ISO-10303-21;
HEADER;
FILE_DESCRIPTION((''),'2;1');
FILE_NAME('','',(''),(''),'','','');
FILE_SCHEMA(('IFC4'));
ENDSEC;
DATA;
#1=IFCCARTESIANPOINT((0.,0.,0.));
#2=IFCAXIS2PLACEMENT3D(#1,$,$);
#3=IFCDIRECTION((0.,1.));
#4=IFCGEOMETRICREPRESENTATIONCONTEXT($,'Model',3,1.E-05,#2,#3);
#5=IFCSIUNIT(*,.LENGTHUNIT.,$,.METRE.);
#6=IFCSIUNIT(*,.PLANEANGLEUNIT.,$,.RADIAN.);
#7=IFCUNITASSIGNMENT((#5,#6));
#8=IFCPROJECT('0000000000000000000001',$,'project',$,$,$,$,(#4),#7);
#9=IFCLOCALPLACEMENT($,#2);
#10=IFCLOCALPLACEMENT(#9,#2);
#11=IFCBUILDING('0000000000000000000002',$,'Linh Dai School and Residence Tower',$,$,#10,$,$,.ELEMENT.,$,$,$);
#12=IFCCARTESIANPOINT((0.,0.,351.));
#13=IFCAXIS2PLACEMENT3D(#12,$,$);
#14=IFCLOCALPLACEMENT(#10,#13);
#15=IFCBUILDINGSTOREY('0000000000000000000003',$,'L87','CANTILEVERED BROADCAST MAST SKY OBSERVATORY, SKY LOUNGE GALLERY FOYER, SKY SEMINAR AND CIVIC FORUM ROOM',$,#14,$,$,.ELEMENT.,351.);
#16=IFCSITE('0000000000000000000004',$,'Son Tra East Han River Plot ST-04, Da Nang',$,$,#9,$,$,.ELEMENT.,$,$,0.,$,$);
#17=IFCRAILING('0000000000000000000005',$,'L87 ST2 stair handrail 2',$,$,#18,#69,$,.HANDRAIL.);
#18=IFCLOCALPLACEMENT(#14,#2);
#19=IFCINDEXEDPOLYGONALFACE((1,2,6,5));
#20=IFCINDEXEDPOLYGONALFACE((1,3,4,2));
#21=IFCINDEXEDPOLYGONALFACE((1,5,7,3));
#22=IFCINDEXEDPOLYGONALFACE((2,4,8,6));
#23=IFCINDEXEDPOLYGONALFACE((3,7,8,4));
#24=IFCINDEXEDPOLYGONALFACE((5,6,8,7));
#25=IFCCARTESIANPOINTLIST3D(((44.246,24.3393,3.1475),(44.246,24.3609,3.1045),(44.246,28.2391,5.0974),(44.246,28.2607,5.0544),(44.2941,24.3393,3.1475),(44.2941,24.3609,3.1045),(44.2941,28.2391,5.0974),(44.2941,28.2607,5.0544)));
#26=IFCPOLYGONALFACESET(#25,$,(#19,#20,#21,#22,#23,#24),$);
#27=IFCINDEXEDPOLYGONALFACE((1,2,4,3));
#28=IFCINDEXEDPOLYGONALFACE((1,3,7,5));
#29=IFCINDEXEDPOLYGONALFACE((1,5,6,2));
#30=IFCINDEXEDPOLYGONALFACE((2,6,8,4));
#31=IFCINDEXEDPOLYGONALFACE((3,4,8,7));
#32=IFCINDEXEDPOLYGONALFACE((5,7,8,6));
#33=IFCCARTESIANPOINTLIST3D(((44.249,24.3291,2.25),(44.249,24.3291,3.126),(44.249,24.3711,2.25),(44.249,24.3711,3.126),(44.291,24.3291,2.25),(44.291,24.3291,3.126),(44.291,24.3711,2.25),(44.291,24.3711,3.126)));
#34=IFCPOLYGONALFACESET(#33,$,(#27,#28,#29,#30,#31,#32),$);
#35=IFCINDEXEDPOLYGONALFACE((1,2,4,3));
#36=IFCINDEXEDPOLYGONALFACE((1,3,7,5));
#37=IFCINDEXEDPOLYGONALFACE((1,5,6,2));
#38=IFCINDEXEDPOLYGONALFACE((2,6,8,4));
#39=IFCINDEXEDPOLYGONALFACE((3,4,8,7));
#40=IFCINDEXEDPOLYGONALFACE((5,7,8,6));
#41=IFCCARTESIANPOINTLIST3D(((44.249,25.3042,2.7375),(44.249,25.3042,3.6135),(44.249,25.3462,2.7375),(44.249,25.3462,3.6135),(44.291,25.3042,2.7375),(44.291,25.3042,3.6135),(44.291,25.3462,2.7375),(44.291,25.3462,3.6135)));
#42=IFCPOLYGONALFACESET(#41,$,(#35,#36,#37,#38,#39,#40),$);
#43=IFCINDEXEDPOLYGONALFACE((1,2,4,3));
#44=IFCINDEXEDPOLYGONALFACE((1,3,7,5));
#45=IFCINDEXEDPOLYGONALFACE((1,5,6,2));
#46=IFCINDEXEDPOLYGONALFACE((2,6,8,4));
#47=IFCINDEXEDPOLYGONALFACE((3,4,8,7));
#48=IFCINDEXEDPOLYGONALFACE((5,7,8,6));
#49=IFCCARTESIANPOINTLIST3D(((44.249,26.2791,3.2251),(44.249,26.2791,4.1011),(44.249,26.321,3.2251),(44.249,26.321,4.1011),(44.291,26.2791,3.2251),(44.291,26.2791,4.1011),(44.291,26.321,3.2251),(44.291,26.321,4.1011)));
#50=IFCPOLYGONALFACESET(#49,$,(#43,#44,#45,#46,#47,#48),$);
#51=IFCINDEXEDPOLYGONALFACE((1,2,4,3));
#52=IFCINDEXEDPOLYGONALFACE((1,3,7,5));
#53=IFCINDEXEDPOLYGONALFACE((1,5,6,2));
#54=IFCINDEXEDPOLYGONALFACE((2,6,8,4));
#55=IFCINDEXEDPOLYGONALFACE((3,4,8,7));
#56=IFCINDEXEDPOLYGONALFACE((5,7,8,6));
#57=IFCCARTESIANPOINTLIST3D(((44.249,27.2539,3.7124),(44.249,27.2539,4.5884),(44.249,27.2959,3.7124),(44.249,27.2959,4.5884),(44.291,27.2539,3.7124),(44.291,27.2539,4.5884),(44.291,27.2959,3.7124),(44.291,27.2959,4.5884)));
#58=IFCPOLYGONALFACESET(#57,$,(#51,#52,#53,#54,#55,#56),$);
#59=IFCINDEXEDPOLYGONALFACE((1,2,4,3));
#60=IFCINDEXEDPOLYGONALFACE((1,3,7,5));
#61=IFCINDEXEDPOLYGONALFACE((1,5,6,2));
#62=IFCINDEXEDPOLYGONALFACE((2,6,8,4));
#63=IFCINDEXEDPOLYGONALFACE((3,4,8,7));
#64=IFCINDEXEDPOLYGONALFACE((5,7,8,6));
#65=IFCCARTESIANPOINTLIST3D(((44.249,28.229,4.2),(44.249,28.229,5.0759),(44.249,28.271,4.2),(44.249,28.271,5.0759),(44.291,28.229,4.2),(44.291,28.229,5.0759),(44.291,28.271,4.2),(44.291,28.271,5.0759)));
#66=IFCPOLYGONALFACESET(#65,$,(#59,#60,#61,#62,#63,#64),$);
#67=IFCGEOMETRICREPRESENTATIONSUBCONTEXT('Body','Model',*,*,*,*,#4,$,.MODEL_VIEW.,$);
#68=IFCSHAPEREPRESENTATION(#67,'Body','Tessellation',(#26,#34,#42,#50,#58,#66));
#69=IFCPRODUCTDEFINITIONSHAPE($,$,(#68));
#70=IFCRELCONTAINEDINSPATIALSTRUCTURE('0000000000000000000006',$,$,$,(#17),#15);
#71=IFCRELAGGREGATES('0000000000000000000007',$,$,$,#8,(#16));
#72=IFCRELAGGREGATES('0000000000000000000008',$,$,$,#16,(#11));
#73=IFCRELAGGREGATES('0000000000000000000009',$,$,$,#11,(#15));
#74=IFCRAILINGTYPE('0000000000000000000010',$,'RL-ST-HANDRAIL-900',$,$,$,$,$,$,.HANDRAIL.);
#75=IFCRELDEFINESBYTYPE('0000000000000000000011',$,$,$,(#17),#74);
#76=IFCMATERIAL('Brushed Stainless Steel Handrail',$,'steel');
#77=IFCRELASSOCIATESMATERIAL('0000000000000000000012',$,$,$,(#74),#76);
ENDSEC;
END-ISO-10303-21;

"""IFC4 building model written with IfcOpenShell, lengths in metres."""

from ifc_helpers import new_model, si_unit, direction, frame, origin, origin_2d, place, context, subcontext, project, spatial, rectangle, extrude, source, transform, mapped, material, type_object, element, save


model = new_model("IFC4")

# Units and contexts
model_context = context("Model", 3, precision=1e-05, world=origin(), true_north=direction((0.0, 1.0)))
body_context = subcontext(model_context, "Body", "Model", "MODEL_VIEW")
ifc_project = project(units=[si_unit("LENGTHUNIT", "METRE"), si_unit("PLANEANGLEUNIT", "RADIAN")], contexts=[model_context])

# Site, building, storey
site_placement = place(None, origin())
site = spatial("IfcSite", under=ifc_project, at=site_placement, Name="Son Tra East Han River Plot ST-04, Da Nang", CompositionType="ELEMENT", RefElevation=0.0)
building_placement = place(site_placement, origin())
building = spatial("IfcBuilding", under=site, at=building_placement, Name="Linh Dai School and Residence Tower", CompositionType="ELEMENT")
storey_placement = place(building_placement, frame((0.0, 0.0, 351.0)))
storey = spatial("IfcBuildingStorey", under=building, at=storey_placement, Name="L87", Description="CANTILEVERED BROADCAST MAST SKY OBSERVATORY, SKY LOUNGE GALLERY FOYER, SKY SEMINAR AND CIVIC FORUM ROOM", CompositionType="ELEMENT", Elevation=351.0)

# Railing
ifc_material_1 = material(Name="Brushed Stainless Steel Handrail", Category="steel")
railing_type_1 = type_object("IfcRailingType", Name="RL-ST-HANDRAIL-900", PredefinedType="HANDRAIL", material=ifc_material_1)
shared_shape_1 = source(origin(), body_context, "Body", "SweptSolid", [
    extrude(rectangle(XDim=0.0481, YDim=0.0481, at=origin_2d()), frame((0.0, 0.0, 0.876), z_axis=(0.0, 0.894427, 0.447214), x_axis=(-1.0, 0.0, 0.0)), (0.0, 0.0, 1.0), 4.3601),
    extrude(rectangle(XDim=0.042, YDim=0.042, at=origin_2d()), origin(), (0.0, 0.0, 1.0), 0.876),
    extrude(rectangle(XDim=0.042, YDim=0.042, at=origin_2d()), frame((0.0, 0.9751, 0.4875)), (0.0, 0.0, 1.0), 0.876),
    extrude(rectangle(XDim=0.042, YDim=0.042, at=origin_2d()), frame((0.0, 1.95, 0.9751)), (0.0, 0.0, 1.0), 0.876),
    extrude(rectangle(XDim=0.042, YDim=0.042, at=origin_2d()), frame((0.0, 2.9248, 1.4624)), (0.0, 0.0, 1.0), 0.876),
    extrude(rectangle(XDim=0.042, YDim=0.042, at=origin_2d()), frame((0.0, 3.8999, 1.95)), (0.0, 0.0, 1.0), 0.876),
])
railing_1_placement = place(storey_placement, frame((44.27, 24.3501, 2.25)))
element("IfcRailing", 1, at=railing_1_placement, inside=storey, type_object=railing_type_1, Name="L87 ST2 stair handrail 2", PredefinedType="HANDRAIL", context=body_context, shape_type="MappedRepresentation", body=[
    mapped(shared_shape_1, transform((0.0, 0.0, 0.0), x_axis=(1.0, 0.0, 0.0), y_axis=(0.0, 1.0, 0.0), z_axis=(0.0, 0.0, 1.0), scale=1.0)),
])

save(model, "model.ifc")
